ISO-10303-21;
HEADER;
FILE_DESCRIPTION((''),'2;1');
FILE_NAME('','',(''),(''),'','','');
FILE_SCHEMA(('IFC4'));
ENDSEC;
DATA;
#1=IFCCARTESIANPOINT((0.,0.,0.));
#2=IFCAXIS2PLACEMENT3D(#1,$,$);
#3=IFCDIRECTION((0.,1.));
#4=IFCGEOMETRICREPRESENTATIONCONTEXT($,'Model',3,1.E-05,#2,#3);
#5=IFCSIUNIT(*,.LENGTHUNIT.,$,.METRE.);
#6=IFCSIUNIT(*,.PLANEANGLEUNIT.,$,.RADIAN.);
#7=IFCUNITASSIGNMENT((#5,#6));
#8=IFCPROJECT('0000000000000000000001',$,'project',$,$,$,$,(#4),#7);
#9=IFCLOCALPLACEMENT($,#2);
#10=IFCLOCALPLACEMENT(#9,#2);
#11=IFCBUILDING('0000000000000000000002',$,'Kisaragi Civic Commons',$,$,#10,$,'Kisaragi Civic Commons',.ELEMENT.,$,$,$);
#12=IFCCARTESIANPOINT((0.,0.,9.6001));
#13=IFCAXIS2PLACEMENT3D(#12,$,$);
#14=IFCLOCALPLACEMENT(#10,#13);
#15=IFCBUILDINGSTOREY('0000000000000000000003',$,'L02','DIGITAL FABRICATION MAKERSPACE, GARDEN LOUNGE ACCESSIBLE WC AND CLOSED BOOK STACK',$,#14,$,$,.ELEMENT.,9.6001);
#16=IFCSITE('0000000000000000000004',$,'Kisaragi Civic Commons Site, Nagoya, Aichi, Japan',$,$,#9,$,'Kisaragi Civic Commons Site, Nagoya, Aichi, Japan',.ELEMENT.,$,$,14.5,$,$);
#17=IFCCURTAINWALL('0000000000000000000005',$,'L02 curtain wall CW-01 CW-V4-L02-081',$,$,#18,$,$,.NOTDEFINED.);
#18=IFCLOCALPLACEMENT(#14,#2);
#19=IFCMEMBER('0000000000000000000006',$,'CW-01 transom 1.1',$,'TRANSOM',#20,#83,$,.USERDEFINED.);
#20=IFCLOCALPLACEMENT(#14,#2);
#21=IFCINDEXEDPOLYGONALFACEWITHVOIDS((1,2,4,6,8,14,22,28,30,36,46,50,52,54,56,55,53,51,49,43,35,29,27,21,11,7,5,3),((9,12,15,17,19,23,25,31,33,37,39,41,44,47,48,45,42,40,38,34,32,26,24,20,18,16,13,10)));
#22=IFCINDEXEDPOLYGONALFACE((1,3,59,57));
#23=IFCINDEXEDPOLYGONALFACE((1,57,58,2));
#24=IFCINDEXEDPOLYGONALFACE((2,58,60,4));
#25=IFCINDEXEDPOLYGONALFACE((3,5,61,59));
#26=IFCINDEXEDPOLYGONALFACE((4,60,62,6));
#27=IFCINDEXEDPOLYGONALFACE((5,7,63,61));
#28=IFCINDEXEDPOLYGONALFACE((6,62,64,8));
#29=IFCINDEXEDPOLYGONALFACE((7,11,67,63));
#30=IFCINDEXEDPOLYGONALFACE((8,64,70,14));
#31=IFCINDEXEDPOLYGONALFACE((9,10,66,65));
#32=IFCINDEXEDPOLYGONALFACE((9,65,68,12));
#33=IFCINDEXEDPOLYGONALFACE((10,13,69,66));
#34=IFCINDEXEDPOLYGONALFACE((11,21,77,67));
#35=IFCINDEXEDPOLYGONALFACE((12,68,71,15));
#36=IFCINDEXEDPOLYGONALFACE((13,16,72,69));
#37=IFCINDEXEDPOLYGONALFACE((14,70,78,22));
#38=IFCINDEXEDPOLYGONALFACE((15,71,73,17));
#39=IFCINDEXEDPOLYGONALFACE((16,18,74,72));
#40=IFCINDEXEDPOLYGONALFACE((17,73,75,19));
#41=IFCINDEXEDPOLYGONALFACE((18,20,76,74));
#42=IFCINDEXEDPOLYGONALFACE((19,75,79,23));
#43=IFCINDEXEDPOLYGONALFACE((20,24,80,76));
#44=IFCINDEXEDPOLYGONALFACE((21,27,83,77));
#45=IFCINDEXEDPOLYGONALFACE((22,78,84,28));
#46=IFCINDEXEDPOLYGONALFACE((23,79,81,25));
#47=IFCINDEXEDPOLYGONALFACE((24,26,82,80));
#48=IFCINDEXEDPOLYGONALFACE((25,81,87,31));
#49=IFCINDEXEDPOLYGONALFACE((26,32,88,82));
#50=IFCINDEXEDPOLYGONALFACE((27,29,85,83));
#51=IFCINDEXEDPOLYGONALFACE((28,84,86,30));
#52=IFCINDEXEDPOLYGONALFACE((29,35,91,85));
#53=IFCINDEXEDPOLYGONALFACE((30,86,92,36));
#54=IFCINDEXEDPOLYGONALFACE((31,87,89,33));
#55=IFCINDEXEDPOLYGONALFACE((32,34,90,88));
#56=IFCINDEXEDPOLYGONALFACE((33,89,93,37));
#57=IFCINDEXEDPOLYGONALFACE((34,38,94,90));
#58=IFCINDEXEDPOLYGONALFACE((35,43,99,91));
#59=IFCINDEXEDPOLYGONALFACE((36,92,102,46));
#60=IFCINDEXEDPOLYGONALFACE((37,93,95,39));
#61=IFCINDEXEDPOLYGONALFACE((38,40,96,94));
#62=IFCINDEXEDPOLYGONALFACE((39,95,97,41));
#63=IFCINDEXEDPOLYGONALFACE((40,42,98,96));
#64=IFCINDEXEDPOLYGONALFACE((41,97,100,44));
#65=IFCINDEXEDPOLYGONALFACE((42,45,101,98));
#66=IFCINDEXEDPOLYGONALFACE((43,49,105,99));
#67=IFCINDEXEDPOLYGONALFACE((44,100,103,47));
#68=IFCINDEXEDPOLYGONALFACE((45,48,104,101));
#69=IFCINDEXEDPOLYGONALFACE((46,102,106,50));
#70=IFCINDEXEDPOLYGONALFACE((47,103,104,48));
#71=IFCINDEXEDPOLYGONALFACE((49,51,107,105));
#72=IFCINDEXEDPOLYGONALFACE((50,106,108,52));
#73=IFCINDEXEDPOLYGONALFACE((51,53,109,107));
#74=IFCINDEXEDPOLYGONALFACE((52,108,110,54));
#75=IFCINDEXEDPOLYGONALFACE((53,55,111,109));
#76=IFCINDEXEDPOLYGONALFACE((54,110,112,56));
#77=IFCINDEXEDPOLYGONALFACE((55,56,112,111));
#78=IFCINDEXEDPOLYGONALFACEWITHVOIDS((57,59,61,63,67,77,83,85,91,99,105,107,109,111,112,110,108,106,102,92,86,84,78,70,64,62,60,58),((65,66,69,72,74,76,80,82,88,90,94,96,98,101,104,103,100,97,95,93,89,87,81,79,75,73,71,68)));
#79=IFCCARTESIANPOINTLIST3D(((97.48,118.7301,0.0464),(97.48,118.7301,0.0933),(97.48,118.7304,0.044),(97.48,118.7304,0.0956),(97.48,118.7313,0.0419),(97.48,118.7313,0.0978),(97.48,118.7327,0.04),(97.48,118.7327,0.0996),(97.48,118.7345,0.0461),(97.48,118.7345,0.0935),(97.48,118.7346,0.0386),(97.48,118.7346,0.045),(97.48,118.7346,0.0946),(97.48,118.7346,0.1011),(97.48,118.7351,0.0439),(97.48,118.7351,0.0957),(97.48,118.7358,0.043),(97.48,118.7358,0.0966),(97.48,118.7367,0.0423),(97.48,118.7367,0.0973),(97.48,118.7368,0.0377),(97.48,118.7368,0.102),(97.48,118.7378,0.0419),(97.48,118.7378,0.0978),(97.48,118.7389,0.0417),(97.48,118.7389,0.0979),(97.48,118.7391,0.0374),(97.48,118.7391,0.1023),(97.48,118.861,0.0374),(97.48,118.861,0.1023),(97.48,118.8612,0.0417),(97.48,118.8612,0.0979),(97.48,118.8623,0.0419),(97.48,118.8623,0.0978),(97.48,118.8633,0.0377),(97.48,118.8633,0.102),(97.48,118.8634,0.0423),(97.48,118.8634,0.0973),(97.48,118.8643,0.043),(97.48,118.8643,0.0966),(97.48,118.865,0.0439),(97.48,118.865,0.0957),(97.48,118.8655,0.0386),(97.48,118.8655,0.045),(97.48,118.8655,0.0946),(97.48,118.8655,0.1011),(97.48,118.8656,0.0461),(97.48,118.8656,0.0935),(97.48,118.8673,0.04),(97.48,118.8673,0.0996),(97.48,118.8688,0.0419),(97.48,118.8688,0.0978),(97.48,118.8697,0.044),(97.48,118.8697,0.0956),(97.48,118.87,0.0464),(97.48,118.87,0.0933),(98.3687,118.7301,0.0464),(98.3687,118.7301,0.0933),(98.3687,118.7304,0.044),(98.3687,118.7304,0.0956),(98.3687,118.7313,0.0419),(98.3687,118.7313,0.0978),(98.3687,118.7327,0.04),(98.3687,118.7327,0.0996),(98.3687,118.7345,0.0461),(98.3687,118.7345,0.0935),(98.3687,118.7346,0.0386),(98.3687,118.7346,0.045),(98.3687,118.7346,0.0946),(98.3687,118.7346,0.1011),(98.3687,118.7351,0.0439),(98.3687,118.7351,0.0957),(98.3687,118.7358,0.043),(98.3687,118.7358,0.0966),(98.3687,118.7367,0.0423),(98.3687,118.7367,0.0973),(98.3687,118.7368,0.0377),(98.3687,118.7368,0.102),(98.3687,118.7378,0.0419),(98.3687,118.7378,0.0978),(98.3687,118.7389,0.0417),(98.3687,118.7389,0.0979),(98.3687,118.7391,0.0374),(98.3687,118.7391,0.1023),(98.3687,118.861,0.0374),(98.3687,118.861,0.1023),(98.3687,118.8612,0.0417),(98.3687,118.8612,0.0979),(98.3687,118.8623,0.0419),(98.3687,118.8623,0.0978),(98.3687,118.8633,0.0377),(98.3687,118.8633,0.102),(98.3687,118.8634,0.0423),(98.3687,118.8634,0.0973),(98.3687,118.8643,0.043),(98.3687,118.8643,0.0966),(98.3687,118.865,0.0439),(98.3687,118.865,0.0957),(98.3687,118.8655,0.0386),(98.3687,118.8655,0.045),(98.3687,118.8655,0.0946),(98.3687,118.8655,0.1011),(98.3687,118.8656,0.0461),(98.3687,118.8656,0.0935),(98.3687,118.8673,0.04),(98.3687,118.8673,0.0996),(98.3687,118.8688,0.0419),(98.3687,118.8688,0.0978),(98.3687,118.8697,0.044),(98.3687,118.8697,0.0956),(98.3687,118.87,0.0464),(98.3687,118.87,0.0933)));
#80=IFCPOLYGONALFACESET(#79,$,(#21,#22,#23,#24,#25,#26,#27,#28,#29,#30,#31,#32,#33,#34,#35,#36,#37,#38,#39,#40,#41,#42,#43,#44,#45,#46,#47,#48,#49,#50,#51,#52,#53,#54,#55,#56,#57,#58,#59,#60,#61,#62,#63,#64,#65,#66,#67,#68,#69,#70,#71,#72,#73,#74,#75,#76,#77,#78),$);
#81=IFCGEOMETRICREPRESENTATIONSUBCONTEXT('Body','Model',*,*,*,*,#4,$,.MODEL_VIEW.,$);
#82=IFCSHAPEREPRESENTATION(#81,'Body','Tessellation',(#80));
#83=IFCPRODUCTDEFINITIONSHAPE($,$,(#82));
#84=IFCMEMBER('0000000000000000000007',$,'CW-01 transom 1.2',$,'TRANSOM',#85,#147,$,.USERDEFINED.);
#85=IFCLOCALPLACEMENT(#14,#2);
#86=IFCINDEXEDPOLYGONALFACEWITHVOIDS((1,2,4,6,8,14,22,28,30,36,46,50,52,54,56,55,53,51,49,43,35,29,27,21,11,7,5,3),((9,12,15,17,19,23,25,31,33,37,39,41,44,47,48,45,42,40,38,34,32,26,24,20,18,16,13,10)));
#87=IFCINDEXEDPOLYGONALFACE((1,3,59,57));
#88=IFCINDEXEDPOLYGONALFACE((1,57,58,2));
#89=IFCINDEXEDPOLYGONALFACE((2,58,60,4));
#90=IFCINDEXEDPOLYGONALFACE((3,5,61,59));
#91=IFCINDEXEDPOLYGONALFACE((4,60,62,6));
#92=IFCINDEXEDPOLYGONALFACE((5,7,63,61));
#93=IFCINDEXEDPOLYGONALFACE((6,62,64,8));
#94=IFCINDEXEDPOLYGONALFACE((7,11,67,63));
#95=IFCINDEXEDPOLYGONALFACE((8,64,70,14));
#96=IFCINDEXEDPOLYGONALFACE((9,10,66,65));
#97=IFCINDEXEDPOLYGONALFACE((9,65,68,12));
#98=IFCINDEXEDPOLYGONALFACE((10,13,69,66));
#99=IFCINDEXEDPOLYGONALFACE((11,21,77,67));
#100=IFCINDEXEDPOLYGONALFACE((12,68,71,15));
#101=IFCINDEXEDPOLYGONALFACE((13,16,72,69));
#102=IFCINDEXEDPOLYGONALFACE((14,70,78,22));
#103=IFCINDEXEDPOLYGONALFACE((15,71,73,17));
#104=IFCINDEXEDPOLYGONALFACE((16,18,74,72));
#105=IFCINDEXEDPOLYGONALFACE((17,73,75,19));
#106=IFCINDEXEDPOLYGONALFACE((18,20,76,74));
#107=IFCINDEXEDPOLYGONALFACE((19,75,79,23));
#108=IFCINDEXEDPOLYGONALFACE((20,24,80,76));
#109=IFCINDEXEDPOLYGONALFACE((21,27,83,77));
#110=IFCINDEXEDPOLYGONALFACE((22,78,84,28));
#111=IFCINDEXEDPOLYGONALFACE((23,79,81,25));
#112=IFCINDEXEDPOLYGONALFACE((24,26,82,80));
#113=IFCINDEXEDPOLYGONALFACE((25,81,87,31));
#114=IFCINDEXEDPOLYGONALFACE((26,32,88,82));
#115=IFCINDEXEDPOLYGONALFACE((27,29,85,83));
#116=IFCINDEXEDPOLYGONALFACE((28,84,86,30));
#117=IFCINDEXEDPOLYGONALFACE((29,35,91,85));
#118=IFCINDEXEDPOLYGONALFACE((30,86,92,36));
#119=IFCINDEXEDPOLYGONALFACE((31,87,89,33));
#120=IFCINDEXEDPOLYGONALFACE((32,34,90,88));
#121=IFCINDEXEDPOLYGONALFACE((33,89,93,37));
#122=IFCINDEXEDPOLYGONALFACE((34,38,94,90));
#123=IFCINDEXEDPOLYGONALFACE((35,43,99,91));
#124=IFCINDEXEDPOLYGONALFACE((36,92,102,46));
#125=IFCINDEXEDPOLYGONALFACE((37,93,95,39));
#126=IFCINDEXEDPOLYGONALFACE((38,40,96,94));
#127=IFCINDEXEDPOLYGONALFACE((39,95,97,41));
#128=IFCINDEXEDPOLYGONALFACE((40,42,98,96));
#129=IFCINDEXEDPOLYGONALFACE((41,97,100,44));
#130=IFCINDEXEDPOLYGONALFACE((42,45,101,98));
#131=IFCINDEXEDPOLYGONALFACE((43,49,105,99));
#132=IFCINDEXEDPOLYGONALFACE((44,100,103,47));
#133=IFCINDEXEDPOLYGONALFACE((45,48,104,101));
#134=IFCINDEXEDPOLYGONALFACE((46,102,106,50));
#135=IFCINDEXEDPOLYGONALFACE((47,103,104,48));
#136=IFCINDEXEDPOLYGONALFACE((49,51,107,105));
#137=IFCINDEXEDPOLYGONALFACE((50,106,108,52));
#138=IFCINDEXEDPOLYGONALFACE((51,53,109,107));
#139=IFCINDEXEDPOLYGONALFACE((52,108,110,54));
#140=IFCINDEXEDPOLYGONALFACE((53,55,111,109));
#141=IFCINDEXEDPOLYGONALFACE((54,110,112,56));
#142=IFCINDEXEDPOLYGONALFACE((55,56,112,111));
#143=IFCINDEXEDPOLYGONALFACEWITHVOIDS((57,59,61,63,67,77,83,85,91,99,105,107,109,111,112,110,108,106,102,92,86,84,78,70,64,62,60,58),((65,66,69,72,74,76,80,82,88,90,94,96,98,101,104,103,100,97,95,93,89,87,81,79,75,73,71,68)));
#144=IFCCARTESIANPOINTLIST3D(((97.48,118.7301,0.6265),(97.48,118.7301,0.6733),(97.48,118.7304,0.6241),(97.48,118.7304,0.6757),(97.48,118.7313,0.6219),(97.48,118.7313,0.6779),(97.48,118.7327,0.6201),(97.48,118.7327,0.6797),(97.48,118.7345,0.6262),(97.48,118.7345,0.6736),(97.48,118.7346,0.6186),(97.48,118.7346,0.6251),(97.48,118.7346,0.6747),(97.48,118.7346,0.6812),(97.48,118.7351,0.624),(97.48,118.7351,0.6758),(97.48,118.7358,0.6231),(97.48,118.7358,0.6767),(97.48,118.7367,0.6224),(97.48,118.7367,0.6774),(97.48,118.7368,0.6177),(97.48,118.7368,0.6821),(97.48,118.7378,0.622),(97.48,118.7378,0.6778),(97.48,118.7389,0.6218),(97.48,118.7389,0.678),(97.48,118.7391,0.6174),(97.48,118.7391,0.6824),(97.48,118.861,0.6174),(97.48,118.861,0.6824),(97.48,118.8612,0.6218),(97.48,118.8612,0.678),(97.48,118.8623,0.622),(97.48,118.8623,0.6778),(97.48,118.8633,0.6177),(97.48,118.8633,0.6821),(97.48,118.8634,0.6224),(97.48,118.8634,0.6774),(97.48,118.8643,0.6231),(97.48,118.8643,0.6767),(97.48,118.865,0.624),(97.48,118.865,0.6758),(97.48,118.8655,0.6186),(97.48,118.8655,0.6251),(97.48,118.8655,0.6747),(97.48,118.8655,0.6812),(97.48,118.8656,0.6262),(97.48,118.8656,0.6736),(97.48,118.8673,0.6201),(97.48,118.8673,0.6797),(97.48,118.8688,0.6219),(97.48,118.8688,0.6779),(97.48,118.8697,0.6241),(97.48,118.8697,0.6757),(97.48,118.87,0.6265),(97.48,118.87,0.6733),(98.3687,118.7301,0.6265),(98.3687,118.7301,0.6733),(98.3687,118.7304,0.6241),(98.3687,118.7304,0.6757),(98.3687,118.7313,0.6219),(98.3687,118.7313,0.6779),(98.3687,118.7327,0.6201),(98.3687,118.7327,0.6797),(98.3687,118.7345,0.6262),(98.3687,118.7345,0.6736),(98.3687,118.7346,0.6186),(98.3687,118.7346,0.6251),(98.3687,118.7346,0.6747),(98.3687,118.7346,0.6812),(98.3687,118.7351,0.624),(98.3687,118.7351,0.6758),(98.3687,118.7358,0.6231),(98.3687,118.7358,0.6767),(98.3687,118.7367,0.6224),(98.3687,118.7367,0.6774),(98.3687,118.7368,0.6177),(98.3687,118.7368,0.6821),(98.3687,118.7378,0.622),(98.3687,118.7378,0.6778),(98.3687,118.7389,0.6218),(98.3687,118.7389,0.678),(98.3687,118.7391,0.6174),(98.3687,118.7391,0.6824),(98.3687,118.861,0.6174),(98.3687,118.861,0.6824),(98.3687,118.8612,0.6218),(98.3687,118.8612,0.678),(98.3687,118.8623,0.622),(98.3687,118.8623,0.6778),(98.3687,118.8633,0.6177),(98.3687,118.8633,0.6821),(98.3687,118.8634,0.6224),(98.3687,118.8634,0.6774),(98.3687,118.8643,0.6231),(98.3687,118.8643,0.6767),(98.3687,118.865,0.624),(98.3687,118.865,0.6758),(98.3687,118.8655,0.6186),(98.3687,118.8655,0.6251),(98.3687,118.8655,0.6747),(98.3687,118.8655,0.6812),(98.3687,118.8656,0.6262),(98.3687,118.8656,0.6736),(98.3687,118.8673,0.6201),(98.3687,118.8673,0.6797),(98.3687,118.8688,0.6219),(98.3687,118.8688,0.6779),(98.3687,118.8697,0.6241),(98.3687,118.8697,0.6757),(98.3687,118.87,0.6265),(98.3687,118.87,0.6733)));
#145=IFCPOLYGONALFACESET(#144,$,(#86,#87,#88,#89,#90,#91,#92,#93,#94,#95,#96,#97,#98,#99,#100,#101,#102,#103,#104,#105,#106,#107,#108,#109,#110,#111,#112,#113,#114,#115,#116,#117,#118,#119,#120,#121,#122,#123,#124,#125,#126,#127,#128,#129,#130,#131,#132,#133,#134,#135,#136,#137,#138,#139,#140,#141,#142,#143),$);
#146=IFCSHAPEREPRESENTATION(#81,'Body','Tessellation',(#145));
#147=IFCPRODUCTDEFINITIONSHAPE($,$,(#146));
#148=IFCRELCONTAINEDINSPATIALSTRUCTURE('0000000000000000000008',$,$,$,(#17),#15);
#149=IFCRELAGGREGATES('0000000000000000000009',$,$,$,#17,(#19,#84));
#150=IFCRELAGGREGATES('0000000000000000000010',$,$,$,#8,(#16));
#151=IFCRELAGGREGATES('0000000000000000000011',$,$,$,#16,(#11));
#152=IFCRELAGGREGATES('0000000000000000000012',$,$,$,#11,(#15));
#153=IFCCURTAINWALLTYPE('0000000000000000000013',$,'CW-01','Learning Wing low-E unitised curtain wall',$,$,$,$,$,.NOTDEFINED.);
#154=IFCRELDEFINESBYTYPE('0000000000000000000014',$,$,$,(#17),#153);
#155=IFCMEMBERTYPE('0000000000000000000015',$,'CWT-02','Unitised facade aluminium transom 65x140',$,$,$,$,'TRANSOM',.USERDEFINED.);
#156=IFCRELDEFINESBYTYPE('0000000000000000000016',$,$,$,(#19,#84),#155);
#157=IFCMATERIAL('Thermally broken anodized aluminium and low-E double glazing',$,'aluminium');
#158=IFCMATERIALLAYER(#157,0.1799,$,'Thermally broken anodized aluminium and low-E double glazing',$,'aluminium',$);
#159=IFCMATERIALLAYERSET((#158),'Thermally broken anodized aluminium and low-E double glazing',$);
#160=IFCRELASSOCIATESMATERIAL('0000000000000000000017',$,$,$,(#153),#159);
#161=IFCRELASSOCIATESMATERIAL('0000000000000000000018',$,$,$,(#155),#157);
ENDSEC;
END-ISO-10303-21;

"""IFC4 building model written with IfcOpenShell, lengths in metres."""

from ifc_helpers import new_model, si_unit, direction, frame, origin, origin_2d, place, context, subcontext, project, spatial, hollow_rectangle, extrude, material, layer, layer_set, material_profile, profile_set, type_object, element, aggregate, save


model = new_model("IFC4")

# Units and contexts
model_context = context("Model", 3, precision=1e-05, world=origin(), true_north=direction((0.0, 1.0)))
body_context = subcontext(model_context, "Body", "Model", "MODEL_VIEW")
ifc_project = project(units=[si_unit("LENGTHUNIT", "METRE"), si_unit("PLANEANGLEUNIT", "RADIAN")], contexts=[model_context])

# Site, building, storey
site_placement = place(None, origin())
site = spatial("IfcSite", under=ifc_project, at=site_placement, Name="Kisaragi Civic Commons Site, Nagoya, Aichi, Japan", LongName="Kisaragi Civic Commons Site, Nagoya, Aichi, Japan", CompositionType="ELEMENT", RefElevation=14.5)
building_placement = place(site_placement, origin())
building = spatial("IfcBuilding", under=site, at=building_placement, Name="Kisaragi Civic Commons", LongName="Kisaragi Civic Commons", CompositionType="ELEMENT")
storey_placement = place(building_placement, frame((0.0, 0.0, 9.6001)))
storey = spatial("IfcBuildingStorey", under=building, at=storey_placement, Name="L02", Description="DIGITAL FABRICATION MAKERSPACE, GARDEN LOUNGE ACCESSIBLE WC AND CLOSED BOOK STACK", CompositionType="ELEMENT", Elevation=9.6001)

# Curtain wall
ifc_material_1 = material(Name="Thermally broken anodized aluminium and low-E double glazing", Category="aluminium")
ifc_layer_1 = layer(ifc_material_1, 0.1799, Name="Thermally broken anodized aluminium and low-E double glazing", Category="aluminium")
ifc_layer_set_1 = layer_set([ifc_layer_1], Name="Thermally broken anodized aluminium and low-E double glazing")
curtain_wall_type = type_object("IfcCurtainWallType", Name="CW-01", Description="Learning Wing low-E unitised curtain wall", PredefinedType="NOTDEFINED", material=ifc_layer_set_1)
curtain_wall_1_placement = place(storey_placement, origin())
curtain_wall_1 = element("IfcCurtainWall", 1, at=curtain_wall_1_placement, inside=storey, type_object=curtain_wall_type, Name="L02 curtain wall CW-01 CW-V4-L02-081", PredefinedType="NOTDEFINED")

# Members
ifc_material_profile_1 = material_profile(ifc_material_1, hollow_rectangle(XDim=0.1399, YDim=0.0649, WallThickness=0.0044, InnerFilletRadius=0.0044, OuterFilletRadius=0.009, at=origin_2d()), Name="CWT-65x140x4.5", Category="aluminium")
ifc_profile_set_1 = profile_set([ifc_material_profile_1], Name="Thermally broken anodized aluminium and low-E double glazing")
member_type_1 = type_object("IfcMemberType", Name="CWT-02", Description="Unitised facade aluminium transom 65x140", ElementType="TRANSOM", PredefinedType="USERDEFINED", material=ifc_profile_set_1)
member_1_placement = place(storey_placement, frame((97.48, 118.8, 0.0698), z_axis=(1.0, 0.0, 0.0), x_axis=(0.0, 1.0, 0.0)))
member_1 = element("IfcMember", 2, at=member_1_placement, type_object=member_type_1, Name="CW-01 transom 1.1", ObjectType="TRANSOM", PredefinedType="USERDEFINED", context=body_context, shape_type="SweptSolid", body=[
    extrude(hollow_rectangle(XDim=0.1399, YDim=0.0649, WallThickness=0.0044, InnerFilletRadius=0.0044, OuterFilletRadius=0.009, at=origin_2d()), origin(), (0.0, 0.0, 1.0), 0.8887),
])
member_2_placement = place(storey_placement, frame((97.48, 118.8, 0.6499), z_axis=(1.0, 0.0, 0.0), x_axis=(0.0, 1.0, 0.0)))
member_2 = element("IfcMember", 3, at=member_2_placement, type_object=member_type_1, Name="CW-01 transom 1.2", ObjectType="TRANSOM", PredefinedType="USERDEFINED", context=body_context, shape_type="SweptSolid", body=[
    extrude(hollow_rectangle(XDim=0.1399, YDim=0.0649, WallThickness=0.0044, InnerFilletRadius=0.0044, OuterFilletRadius=0.009, at=origin_2d()), origin(), (0.0, 0.0, 1.0), 0.8887),
])
aggregate(curtain_wall_1, [member_1, member_2])

save(model, "model.ifc")
